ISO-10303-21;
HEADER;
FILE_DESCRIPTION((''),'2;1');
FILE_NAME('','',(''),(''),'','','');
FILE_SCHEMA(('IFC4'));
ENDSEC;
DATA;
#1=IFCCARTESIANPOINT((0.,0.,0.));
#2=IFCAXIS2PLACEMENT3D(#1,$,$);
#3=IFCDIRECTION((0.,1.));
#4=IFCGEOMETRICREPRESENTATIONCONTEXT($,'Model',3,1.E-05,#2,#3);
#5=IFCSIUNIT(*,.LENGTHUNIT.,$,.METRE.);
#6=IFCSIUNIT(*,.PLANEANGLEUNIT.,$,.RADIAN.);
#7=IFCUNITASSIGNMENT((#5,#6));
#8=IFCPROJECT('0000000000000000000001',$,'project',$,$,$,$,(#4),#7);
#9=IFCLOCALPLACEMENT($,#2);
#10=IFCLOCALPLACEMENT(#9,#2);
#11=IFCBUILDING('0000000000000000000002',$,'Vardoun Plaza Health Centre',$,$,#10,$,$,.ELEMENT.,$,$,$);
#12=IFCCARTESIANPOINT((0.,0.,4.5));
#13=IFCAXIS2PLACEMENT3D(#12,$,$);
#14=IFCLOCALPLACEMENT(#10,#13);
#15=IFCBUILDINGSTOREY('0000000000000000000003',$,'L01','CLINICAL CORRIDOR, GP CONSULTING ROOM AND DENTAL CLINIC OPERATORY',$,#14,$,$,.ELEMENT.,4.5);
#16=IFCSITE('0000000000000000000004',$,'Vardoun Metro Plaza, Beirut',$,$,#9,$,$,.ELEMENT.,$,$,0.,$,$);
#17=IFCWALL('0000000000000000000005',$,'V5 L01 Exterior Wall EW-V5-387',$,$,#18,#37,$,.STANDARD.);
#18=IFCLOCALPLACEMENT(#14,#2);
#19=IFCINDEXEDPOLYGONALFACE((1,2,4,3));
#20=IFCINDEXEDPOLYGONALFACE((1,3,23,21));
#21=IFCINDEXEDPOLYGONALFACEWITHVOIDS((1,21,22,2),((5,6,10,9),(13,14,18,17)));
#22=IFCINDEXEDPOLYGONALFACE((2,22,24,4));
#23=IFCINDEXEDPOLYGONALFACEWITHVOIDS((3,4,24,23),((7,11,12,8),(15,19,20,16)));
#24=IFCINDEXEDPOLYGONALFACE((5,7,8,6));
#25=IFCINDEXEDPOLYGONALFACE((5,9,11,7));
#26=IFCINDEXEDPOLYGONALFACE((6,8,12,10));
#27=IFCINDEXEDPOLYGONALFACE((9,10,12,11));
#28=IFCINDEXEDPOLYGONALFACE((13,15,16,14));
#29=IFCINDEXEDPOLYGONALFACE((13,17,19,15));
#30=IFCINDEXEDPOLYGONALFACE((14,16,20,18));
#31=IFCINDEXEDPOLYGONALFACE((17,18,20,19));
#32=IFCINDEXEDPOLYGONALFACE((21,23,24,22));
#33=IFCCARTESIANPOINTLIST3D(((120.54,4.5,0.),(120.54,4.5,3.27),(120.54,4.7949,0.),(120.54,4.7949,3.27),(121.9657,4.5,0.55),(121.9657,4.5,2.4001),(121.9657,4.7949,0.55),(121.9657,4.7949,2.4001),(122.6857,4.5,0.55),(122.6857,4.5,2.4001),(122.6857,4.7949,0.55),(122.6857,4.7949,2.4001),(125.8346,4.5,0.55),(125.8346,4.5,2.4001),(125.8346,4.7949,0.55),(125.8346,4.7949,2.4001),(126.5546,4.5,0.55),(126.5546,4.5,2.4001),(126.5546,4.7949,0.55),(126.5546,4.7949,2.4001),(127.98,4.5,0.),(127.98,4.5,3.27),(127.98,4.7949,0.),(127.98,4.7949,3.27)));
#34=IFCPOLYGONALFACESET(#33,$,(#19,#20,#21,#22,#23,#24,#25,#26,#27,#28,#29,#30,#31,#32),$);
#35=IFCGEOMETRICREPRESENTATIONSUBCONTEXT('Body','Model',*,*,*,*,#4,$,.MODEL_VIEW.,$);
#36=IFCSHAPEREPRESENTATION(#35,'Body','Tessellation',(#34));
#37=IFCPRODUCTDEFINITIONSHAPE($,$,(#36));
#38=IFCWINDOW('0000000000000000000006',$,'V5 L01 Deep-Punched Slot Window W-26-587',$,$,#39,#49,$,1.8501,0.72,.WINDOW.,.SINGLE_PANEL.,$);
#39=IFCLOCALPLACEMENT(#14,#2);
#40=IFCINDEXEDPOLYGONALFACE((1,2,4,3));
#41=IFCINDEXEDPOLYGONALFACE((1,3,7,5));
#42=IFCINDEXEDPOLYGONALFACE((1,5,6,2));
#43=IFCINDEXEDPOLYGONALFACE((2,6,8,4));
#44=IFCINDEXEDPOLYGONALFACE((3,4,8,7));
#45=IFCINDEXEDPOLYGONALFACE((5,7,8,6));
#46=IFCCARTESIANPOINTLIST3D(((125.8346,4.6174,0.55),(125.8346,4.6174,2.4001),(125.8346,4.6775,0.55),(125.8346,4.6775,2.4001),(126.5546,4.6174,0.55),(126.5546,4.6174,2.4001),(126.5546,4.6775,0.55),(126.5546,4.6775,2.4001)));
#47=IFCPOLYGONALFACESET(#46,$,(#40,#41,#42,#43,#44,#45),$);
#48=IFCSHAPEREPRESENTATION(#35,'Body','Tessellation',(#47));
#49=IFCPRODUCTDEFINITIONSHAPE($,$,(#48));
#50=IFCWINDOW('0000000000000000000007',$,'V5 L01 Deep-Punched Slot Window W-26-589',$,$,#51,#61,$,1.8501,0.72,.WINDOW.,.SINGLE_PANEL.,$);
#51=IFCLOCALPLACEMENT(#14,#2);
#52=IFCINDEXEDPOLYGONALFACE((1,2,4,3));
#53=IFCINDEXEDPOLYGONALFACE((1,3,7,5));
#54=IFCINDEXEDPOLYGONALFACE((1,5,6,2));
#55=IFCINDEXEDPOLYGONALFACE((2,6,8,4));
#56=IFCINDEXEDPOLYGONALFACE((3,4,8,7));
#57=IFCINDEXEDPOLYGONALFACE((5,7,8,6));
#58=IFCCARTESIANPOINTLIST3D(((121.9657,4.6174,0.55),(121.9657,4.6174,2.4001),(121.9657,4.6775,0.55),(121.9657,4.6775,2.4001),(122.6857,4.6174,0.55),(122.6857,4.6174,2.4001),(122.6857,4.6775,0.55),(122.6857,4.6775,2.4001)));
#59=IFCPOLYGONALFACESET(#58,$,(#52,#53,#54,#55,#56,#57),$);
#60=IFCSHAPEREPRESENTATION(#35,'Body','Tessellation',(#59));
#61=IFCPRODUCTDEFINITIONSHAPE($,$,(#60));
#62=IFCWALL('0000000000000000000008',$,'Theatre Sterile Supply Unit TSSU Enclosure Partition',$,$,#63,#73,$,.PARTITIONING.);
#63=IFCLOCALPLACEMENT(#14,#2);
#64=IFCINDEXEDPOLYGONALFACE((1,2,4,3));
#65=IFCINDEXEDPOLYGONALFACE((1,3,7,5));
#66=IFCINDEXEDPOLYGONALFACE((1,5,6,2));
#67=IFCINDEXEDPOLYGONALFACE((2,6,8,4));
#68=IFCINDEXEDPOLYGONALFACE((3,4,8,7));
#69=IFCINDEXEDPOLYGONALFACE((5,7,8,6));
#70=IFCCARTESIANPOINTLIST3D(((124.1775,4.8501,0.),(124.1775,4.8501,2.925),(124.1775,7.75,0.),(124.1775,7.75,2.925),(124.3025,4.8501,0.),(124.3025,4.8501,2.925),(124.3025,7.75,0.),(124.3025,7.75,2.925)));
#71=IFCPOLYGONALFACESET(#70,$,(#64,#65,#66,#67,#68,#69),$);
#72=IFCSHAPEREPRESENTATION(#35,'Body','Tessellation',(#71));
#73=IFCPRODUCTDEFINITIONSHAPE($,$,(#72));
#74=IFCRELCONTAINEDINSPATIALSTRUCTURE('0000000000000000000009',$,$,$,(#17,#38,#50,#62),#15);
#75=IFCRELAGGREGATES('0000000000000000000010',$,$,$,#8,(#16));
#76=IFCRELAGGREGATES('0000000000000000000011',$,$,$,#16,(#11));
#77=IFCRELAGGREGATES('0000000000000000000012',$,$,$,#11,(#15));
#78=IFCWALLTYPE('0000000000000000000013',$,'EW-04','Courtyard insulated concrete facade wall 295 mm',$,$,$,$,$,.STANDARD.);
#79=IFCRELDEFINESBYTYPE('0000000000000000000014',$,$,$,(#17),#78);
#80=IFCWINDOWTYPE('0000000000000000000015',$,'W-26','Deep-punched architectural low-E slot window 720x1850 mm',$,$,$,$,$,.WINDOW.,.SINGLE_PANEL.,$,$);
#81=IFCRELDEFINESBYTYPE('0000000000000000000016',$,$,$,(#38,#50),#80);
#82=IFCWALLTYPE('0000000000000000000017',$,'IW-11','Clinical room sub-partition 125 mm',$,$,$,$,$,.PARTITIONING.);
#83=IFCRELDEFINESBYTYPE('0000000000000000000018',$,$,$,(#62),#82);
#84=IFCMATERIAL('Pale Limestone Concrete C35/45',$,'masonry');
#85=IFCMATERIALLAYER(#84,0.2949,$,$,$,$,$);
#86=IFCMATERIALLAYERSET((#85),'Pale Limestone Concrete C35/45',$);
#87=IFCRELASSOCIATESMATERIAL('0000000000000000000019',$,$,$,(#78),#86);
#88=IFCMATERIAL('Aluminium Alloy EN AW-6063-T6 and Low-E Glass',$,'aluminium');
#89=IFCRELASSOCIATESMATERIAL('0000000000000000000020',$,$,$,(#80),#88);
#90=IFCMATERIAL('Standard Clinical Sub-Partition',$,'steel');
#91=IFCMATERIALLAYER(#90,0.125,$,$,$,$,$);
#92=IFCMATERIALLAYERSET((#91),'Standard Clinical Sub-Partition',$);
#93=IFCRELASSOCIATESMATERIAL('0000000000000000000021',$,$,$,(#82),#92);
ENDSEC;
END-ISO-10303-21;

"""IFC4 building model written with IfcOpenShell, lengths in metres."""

from ifc_helpers import new_model, si_unit, direction, frame, frame_2d, origin, place, context, subcontext, project, spatial, rectangle, extrude, material, layer, layer_set, type_object, element, fill, save


model = new_model("IFC4")

# Units and contexts
model_context = context("Model", 3, precision=1e-05, world=origin(), true_north=direction((0.0, 1.0)))
body_context = subcontext(model_context, "Body", "Model", "MODEL_VIEW")
ifc_project = project(units=[si_unit("LENGTHUNIT", "METRE"), si_unit("PLANEANGLEUNIT", "RADIAN")], contexts=[model_context])

# Site, building, storey
site_placement = place(None, origin())
site = spatial("IfcSite", under=ifc_project, at=site_placement, Name="Vardoun Metro Plaza, Beirut", CompositionType="ELEMENT", RefElevation=0.0)
building_placement = place(site_placement, origin())
building = spatial("IfcBuilding", under=site, at=building_placement, Name="Vardoun Plaza Health Centre", CompositionType="ELEMENT")
storey_placement = place(building_placement, frame((0.0, 0.0, 4.5)))
storey = spatial("IfcBuildingStorey", under=building, at=storey_placement, Name="L01", Description="CLINICAL CORRIDOR, GP CONSULTING ROOM AND DENTAL CLINIC OPERATORY", CompositionType="ELEMENT", Elevation=4.5)

# Wall, openings, windows
ifc_material_1 = material(Name="Pale Limestone Concrete C35/45", Category="masonry")
ifc_layer_1 = layer(ifc_material_1, 0.2949)
ifc_layer_set_1 = layer_set([ifc_layer_1], Name="Pale Limestone Concrete C35/45")
wall_type_1 = type_object("IfcWallType", Name="EW-04", Description="Courtyard insulated concrete facade wall 295 mm", PredefinedType="STANDARD", material=ifc_layer_set_1)
wall_1_placement = place(storey_placement, frame((127.98, 4.6475, 0.0), z_axis=(0.0, 0.0, 1.0), x_axis=(-1.0, 0.0, 0.0)))
wall_1 = element("IfcWall", 1, at=wall_1_placement, inside=storey, type_object=wall_type_1, Name="V5 L01 Exterior Wall EW-V5-387", PredefinedType="STANDARD", context=body_context, shape_type="SweptSolid", body=[
    extrude(rectangle(XDim=7.4399, YDim=0.2949, at=frame_2d((3.72, 0.0))), origin(), (0.0, 0.0, 1.0), 3.27),
])
opening_1_placement = place(wall_1_placement, frame((1.4255, 0.0, 0.55)))
opening_1 = element("IfcOpeningElement", 2, at=opening_1_placement, cuts=wall_1, PredefinedType="OPENING", context=body_context, shape_type="SweptSolid", body=[
    extrude(rectangle(XDim=0.72, YDim=1.8501, at=frame_2d((0.3599, 0.925))), frame((0.0, 0.1475, 0.0), z_axis=(0.0, -1.0, 0.0), x_axis=(1.0, 0.0, 0.0)), (0.0, 0.0, 1.0), 0.2949),
])
opening_2_placement = place(wall_1_placement, frame((5.2944, 0.0, 0.55)))
opening_2 = element("IfcOpeningElement", 3, at=opening_2_placement, cuts=wall_1, PredefinedType="OPENING", context=body_context, shape_type="SweptSolid", body=[
    extrude(rectangle(XDim=0.72, YDim=1.8501, at=frame_2d((0.3599, 0.925))), frame((0.0, 0.1475, 0.0), z_axis=(0.0, -1.0, 0.0), x_axis=(1.0, 0.0, 0.0)), (0.0, 0.0, 1.0), 0.2949),
])
ifc_material_2 = material(Name="Aluminium Alloy EN AW-6063-T6 and Low-E Glass", Category="aluminium")
window_type = type_object("IfcWindowType", Name="W-26", Description="Deep-punched architectural low-E slot window 720x1850 mm", PartitioningType="SINGLE_PANEL", PredefinedType="WINDOW", material=ifc_material_2)
window_1_placement = place(opening_1_placement, origin())
window_1 = element("IfcWindow", 4, at=window_1_placement, inside=storey, type_object=window_type, Name="V5 L01 Deep-Punched Slot Window W-26-587", OverallHeight=1.8501, OverallWidth=0.72, PartitioningType="SINGLE_PANEL", PredefinedType="WINDOW", context=body_context, shape_type="SweptSolid", body=[
    extrude(rectangle(XDim=0.72, YDim=1.8501, at=frame_2d((0.3599, 0.925))), frame((0.0, 0.03, 0.0), z_axis=(0.0, -1.0, 0.0), x_axis=(1.0, 0.0, 0.0)), (0.0, 0.0, 1.0), 0.0601),
])
fill(opening_1, window_1)
window_2_placement = place(opening_2_placement, origin())
window_2 = element("IfcWindow", 5, at=window_2_placement, inside=storey, type_object=window_type, Name="V5 L01 Deep-Punched Slot Window W-26-589", OverallHeight=1.8501, OverallWidth=0.72, PartitioningType="SINGLE_PANEL", PredefinedType="WINDOW", context=body_context, shape_type="SweptSolid", body=[
    extrude(rectangle(XDim=0.72, YDim=1.8501, at=frame_2d((0.3599, 0.925))), frame((0.0, 0.03, 0.0), z_axis=(0.0, -1.0, 0.0), x_axis=(1.0, 0.0, 0.0)), (0.0, 0.0, 1.0), 0.0601),
])
fill(opening_2, window_2)

# Wall
ifc_material_3 = material(Name="Standard Clinical Sub-Partition", Category="steel")
ifc_layer_2 = layer(ifc_material_3, 0.125)
ifc_layer_set_2 = layer_set([ifc_layer_2], Name="Standard Clinical Sub-Partition")
wall_type_2 = type_object("IfcWallType", Name="IW-11", Description="Clinical room sub-partition 125 mm", PredefinedType="PARTITIONING", material=ifc_layer_set_2)
wall_2_placement = place(storey_placement, frame((124.24, 4.8501, 0.0), z_axis=(0.0, 0.0, 1.0), x_axis=(0.0, 1.0, 0.0)))
element("IfcWall", 6, at=wall_2_placement, inside=storey, type_object=wall_type_2, Name="Theatre Sterile Supply Unit TSSU Enclosure Partition", PredefinedType="PARTITIONING", context=body_context, shape_type="SweptSolid", body=[
    extrude(rectangle(XDim=2.8999, YDim=0.125, at=frame_2d((1.45, 0.0))), origin(), (0.0, 0.0, 1.0), 2.925),
])

save(model, "model.ifc")
